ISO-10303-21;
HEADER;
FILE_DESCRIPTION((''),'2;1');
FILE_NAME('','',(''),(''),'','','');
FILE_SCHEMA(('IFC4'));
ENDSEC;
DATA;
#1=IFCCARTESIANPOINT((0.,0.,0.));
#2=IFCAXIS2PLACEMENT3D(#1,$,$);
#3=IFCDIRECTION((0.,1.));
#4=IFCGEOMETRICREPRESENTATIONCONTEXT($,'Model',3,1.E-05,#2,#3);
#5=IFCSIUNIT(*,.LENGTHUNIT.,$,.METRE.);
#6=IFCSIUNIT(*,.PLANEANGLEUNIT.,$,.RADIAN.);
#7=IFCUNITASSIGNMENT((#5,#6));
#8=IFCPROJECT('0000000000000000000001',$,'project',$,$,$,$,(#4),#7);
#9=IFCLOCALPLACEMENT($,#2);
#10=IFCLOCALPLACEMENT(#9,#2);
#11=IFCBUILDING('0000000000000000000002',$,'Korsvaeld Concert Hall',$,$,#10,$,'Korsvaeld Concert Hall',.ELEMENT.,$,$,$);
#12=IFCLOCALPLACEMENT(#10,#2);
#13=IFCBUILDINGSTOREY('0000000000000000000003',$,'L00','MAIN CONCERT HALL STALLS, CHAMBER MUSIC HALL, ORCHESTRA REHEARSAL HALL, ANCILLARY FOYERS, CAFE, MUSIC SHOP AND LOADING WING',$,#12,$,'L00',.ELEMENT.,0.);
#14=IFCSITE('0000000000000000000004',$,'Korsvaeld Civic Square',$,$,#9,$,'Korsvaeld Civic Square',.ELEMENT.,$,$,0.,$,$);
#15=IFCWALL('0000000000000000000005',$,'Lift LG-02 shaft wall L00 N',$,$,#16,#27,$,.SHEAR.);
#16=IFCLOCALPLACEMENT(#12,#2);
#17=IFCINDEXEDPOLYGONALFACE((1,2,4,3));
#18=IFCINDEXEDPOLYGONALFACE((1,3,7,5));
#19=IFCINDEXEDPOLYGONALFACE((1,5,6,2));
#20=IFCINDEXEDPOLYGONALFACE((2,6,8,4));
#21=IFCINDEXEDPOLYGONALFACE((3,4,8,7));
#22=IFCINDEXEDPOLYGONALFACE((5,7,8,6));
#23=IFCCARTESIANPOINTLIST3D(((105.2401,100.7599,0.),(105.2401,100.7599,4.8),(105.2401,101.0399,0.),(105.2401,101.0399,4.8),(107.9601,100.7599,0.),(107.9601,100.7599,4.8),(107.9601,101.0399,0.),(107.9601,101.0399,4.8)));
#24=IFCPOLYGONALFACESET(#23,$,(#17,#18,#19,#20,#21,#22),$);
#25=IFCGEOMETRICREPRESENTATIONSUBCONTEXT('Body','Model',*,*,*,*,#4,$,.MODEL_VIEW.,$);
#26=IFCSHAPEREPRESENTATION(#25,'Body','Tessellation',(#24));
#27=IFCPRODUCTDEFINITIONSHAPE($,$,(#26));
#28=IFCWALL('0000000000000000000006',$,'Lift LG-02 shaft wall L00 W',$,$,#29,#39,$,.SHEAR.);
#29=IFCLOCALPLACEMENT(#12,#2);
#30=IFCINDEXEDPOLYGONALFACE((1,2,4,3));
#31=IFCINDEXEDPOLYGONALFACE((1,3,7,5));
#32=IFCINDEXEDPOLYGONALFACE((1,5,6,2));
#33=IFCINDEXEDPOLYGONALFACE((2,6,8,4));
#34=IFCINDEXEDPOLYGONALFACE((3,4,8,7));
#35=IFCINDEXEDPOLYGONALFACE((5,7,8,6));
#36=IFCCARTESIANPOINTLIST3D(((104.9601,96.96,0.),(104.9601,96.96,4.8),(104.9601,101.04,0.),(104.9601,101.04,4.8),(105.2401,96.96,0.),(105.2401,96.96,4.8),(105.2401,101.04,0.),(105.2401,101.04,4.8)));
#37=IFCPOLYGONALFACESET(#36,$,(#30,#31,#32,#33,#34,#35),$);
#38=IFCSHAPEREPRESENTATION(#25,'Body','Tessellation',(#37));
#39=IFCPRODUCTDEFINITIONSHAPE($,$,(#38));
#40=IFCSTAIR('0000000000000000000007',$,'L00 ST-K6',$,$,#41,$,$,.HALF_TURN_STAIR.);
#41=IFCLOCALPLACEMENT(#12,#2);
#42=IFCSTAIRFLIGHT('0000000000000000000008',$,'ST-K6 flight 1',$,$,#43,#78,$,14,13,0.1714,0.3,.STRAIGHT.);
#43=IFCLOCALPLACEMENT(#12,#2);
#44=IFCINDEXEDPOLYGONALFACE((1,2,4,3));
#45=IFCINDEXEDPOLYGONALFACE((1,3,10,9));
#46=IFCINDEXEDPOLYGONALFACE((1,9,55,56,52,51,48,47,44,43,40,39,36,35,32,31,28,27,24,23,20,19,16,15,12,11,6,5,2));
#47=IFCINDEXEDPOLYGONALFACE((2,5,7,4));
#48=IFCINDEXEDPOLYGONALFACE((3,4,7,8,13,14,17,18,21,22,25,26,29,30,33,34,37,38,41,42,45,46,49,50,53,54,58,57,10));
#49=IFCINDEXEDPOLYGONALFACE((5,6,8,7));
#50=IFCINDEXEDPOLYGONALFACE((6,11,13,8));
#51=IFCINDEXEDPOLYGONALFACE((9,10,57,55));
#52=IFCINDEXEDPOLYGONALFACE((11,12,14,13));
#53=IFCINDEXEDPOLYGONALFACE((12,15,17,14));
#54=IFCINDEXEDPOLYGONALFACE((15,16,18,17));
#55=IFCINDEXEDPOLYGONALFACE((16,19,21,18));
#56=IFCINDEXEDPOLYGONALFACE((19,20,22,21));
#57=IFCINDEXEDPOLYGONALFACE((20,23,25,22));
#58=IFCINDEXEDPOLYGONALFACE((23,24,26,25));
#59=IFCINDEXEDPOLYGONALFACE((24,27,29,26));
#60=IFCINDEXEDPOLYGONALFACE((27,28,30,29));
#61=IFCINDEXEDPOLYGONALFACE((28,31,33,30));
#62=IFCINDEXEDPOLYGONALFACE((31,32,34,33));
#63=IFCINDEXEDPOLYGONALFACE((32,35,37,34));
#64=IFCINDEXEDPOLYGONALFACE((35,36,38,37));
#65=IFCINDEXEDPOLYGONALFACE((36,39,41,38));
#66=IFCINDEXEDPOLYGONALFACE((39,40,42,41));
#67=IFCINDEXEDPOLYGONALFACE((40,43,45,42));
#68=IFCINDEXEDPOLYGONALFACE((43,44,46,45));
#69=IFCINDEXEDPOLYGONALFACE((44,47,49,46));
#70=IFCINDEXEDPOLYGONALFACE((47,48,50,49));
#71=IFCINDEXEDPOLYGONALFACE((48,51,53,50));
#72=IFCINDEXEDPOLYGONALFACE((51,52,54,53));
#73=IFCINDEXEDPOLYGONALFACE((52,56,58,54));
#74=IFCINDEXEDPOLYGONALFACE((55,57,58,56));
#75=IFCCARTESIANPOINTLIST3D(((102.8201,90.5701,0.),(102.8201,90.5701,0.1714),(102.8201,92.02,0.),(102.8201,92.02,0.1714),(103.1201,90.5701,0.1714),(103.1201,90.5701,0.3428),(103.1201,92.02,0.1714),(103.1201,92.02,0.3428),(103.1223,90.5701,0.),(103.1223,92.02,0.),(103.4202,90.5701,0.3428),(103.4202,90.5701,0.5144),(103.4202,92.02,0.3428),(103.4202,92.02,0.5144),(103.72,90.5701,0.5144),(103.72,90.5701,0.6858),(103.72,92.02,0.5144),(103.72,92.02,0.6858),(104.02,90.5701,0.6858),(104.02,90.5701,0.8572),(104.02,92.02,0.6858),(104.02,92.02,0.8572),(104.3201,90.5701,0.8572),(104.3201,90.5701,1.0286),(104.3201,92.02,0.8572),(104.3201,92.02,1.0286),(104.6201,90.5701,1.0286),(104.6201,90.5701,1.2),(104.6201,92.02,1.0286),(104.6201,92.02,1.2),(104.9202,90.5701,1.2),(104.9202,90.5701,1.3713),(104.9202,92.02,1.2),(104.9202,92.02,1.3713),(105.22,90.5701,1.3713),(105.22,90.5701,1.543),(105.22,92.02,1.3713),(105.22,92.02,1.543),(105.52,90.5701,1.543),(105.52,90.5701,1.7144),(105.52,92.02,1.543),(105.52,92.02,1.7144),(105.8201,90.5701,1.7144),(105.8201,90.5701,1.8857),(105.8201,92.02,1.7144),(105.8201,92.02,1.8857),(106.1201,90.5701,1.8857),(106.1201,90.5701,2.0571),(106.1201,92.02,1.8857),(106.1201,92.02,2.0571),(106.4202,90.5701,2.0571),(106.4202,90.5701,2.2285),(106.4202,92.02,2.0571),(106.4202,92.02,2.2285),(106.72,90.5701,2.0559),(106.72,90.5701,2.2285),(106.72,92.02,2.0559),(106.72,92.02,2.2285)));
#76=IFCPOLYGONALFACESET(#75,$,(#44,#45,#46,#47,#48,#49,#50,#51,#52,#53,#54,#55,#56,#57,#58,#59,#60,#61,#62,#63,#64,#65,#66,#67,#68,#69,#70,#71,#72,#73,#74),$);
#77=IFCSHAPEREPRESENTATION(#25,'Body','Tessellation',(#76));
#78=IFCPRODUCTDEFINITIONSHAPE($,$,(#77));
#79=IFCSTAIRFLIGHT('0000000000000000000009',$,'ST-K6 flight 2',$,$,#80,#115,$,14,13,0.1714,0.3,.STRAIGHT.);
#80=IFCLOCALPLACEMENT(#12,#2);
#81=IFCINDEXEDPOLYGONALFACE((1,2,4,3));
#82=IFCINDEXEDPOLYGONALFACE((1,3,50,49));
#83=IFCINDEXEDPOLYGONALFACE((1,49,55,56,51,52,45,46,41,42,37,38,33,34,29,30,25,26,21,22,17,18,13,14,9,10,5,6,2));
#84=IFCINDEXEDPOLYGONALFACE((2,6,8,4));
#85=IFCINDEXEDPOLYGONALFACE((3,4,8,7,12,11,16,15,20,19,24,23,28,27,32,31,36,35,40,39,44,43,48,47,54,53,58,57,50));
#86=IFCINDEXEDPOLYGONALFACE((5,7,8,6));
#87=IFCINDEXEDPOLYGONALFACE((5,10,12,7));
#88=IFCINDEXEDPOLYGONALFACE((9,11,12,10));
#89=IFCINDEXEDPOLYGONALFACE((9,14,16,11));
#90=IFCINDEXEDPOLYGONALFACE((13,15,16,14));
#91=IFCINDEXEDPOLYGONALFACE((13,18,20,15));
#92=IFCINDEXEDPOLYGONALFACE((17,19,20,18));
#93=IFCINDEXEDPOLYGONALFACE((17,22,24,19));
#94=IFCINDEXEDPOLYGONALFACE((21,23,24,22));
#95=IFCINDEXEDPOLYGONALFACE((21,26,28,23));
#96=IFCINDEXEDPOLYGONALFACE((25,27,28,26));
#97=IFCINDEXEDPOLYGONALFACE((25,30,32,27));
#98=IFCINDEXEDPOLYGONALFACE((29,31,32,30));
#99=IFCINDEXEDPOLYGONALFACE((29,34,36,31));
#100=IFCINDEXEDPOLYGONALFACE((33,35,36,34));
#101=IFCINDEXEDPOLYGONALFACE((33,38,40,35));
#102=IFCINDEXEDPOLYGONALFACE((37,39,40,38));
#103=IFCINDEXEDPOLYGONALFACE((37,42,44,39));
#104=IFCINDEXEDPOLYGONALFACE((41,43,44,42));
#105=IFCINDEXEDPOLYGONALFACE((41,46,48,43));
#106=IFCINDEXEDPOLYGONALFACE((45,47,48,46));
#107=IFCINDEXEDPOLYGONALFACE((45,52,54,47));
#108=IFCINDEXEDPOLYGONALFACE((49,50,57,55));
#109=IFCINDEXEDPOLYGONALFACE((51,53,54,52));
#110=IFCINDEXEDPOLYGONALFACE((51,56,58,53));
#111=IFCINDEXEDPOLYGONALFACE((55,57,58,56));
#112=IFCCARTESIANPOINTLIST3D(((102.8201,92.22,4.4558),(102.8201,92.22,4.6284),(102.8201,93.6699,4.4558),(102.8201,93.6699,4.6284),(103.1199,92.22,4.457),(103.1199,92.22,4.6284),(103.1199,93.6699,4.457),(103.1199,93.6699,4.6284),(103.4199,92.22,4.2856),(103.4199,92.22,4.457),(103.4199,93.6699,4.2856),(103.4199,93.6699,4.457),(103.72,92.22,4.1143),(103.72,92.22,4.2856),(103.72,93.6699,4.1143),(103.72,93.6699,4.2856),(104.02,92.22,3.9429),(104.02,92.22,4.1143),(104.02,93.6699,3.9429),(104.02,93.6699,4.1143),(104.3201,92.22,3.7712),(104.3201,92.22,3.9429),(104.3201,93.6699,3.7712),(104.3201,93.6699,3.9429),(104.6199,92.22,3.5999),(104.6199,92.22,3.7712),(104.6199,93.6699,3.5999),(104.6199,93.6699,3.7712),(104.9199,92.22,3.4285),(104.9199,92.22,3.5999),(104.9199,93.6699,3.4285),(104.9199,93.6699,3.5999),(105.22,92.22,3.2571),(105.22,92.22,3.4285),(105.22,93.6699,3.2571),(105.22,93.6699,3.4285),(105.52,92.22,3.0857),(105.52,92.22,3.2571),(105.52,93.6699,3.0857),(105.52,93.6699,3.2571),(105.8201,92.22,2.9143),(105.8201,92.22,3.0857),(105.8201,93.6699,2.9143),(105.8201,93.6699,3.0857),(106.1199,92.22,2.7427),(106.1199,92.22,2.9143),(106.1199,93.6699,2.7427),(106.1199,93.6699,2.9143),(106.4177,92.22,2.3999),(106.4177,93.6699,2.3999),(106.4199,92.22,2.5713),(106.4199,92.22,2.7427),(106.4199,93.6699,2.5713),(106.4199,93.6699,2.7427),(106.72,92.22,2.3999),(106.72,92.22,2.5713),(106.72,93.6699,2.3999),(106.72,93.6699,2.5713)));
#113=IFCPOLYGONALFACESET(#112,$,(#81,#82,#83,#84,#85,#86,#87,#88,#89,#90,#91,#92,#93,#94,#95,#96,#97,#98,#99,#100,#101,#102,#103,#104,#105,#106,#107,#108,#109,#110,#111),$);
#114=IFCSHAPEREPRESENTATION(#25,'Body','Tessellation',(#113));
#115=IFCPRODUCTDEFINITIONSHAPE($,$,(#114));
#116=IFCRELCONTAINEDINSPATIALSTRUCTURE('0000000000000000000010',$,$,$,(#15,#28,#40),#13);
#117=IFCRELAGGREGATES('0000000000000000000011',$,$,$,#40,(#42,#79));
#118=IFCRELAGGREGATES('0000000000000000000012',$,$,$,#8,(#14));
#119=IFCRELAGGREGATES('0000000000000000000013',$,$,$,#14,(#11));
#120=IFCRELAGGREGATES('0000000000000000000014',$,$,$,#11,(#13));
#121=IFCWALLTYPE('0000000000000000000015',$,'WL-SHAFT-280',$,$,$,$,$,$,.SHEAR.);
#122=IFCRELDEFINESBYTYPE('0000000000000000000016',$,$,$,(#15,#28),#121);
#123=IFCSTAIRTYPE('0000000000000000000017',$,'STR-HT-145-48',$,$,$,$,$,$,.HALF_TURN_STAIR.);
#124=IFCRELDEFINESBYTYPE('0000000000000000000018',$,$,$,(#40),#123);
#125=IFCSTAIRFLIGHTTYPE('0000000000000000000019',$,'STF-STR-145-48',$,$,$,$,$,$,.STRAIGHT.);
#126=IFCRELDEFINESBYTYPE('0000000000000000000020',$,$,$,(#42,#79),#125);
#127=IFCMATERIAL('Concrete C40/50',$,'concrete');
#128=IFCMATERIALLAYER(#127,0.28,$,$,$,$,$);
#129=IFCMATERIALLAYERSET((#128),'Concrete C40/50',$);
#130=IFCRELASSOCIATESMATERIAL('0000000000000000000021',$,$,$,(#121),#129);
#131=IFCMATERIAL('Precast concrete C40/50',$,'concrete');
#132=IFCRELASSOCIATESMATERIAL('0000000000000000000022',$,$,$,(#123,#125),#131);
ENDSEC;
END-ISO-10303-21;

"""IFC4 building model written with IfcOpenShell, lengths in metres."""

from ifc_helpers import new_model, si_unit, direction, frame, frame_2d, origin, place, context, subcontext, project, spatial, polyline, rectangle, outline, extrude, material, layer, layer_set, type_object, element, aggregate, save


model = new_model("IFC4")

# Units and contexts
model_context = context("Model", 3, precision=1e-05, world=origin(), true_north=direction((0.0, 1.0)))
body_context = subcontext(model_context, "Body", "Model", "MODEL_VIEW")
ifc_project = project(units=[si_unit("LENGTHUNIT", "METRE"), si_unit("PLANEANGLEUNIT", "RADIAN")], contexts=[model_context])

# Site, building, storey
site_placement = place(None, origin())
site = spatial("IfcSite", under=ifc_project, at=site_placement, Name="Korsvaeld Civic Square", LongName="Korsvaeld Civic Square", CompositionType="ELEMENT", RefElevation=0.0)
building_placement = place(site_placement, origin())
building = spatial("IfcBuilding", under=site, at=building_placement, Name="Korsvaeld Concert Hall", LongName="Korsvaeld Concert Hall", CompositionType="ELEMENT")
storey_placement = place(building_placement, origin())
storey = spatial("IfcBuildingStorey", under=building, at=storey_placement, Name="L00", Description="MAIN CONCERT HALL STALLS, CHAMBER MUSIC HALL, ORCHESTRA REHEARSAL HALL, ANCILLARY FOYERS, CAFE, MUSIC SHOP AND LOADING WING", LongName="L00", CompositionType="ELEMENT", Elevation=0.0)

# Shared definitions
ifc_material_1 = material(Name="Concrete C40/50", Category="concrete")

# Shared definitions
ifc_layer_1 = layer(ifc_material_1, 0.28)
ifc_layer_set_1 = layer_set([ifc_layer_1], Name="Concrete C40/50")
wall_type_1 = type_object("IfcWallType", Name="WL-SHAFT-280", PredefinedType="SHEAR", material=ifc_layer_set_1)

# Walls
wall_1_placement = place(storey_placement, frame((107.96, 100.8999, 0.0), z_axis=(0.0, 0.0, 1.0), x_axis=(-1.0, 0.0, 0.0)))
element("IfcWall", 1, at=wall_1_placement, inside=storey, type_object=wall_type_1, Name="Lift LG-02 shaft wall L00 N", PredefinedType="SHEAR", context=body_context, shape_type="SweptSolid", body=[
    extrude(rectangle(XDim=2.72, YDim=0.28, at=frame_2d((1.3599, 0.0))), origin(), (0.0, 0.0, 1.0), 4.8),
])
wall_2_placement = place(storey_placement, frame((105.1001, 101.04, 0.0), z_axis=(0.0, 0.0, 1.0), x_axis=(0.0, -1.0, 0.0)))
element("IfcWall", 2, at=wall_2_placement, inside=storey, type_object=wall_type_1, Name="Lift LG-02 shaft wall L00 W", PredefinedType="SHEAR", context=body_context, shape_type="SweptSolid", body=[
    extrude(rectangle(XDim=4.0801, YDim=0.28, at=frame_2d((2.04, 0.0))), origin(), (0.0, 0.0, 1.0), 4.8),
])

# Stair, stair flights
ifc_material_2 = material(Name="Precast concrete C40/50", Category="concrete")
stair_type = type_object("IfcStairType", Name="STR-HT-145-48", PredefinedType="HALF_TURN_STAIR", material=ifc_material_2)
stair_placement = place(storey_placement, origin())
stair = element("IfcStair", 3, at=stair_placement, inside=storey, type_object=stair_type, Name="L00 ST-K6", PredefinedType="HALF_TURN_STAIR")
stair_flight_type = type_object("IfcStairFlightType", Name="STF-STR-145-48", PredefinedType="STRAIGHT", material=ifc_material_2)
stair_flight_1_placement = place(storey_placement, frame((102.8201, 91.2949, 0.0), z_axis=(0.0, 0.0, 1.0), x_axis=(1.0, 0.0, 0.0)))
stair_flight_1 = element("IfcStairFlight", 4, at=stair_flight_1_placement, type_object=stair_flight_type, Name="ST-K6 flight 1", NumberOfRisers=14, NumberOfTreads=13, PredefinedType="STRAIGHT", RiserHeight=0.1714, TreadLength=0.3, context=body_context, shape_type="SweptSolid", body=[
    extrude(outline(polyline([(0.0, 0.0), (0.0, 0.1714), (0.3, 0.1714), (0.3, 0.3428), (0.6001, 0.3428), (0.6001, 0.5144), (0.8999, 0.5144), (0.8999, 0.6858), (1.2, 0.6858), (1.2, 0.8572), (1.5, 0.8572), (1.5, 1.0286), (1.8, 1.0286), (1.8, 1.2), (2.1001, 1.2), (2.1001, 1.3713), (2.3999, 1.3713), (2.3999, 1.543), (2.7, 1.543), (2.7, 1.7144), (3.0, 1.7144), (3.0, 1.8857), (3.3, 1.8857), (3.3, 2.0571), (3.6001, 2.0571), (3.6001, 2.2285), (3.8999, 2.2285), (3.8999, 2.3999), (3.8999, 2.0559), (0.3022, 0.0), (0.0, 0.0)])), frame((0.0, 0.7251, 0.0), z_axis=(0.0, -1.0, 0.0), x_axis=(1.0, 0.0, 0.0)), (0.0, 0.0, 1.0), 1.45),
])
stair_flight_2_placement = place(storey_placement, frame((106.72, 92.9451, 2.3999), z_axis=(0.0, 0.0, 1.0), x_axis=(-1.0, 0.0, 0.0)))
stair_flight_2 = element("IfcStairFlight", 5, at=stair_flight_2_placement, type_object=stair_flight_type, Name="ST-K6 flight 2", NumberOfRisers=14, NumberOfTreads=13, PredefinedType="STRAIGHT", RiserHeight=0.1714, TreadLength=0.3, context=body_context, shape_type="SweptSolid", body=[
    extrude(outline(polyline([(0.0, 0.0), (0.0, 0.1714), (0.3, 0.1714), (0.3, 0.3428), (0.6001, 0.3428), (0.6001, 0.5144), (0.8999, 0.5144), (0.8999, 0.6858), (1.2, 0.6858), (1.2, 0.8572), (1.5, 0.8572), (1.5, 1.0286), (1.8, 1.0286), (1.8, 1.2), (2.1001, 1.2), (2.1001, 1.3713), (2.3999, 1.3713), (2.3999, 1.543), (2.7, 1.543), (2.7, 1.7144), (3.0, 1.7144), (3.0, 1.8857), (3.3, 1.8857), (3.3, 2.0571), (3.6001, 2.0571), (3.6001, 2.2285), (3.8999, 2.2285), (3.8999, 2.3999), (3.8999, 2.0559), (0.3022, 0.0), (0.0, 0.0)])), frame((0.0, 0.7251, 0.0), z_axis=(0.0, -1.0, 0.0), x_axis=(1.0, 0.0, 0.0)), (0.0, 0.0, 1.0), 1.45),
])
aggregate(stair, [stair_flight_1, stair_flight_2])

save(model, "model.ifc")
